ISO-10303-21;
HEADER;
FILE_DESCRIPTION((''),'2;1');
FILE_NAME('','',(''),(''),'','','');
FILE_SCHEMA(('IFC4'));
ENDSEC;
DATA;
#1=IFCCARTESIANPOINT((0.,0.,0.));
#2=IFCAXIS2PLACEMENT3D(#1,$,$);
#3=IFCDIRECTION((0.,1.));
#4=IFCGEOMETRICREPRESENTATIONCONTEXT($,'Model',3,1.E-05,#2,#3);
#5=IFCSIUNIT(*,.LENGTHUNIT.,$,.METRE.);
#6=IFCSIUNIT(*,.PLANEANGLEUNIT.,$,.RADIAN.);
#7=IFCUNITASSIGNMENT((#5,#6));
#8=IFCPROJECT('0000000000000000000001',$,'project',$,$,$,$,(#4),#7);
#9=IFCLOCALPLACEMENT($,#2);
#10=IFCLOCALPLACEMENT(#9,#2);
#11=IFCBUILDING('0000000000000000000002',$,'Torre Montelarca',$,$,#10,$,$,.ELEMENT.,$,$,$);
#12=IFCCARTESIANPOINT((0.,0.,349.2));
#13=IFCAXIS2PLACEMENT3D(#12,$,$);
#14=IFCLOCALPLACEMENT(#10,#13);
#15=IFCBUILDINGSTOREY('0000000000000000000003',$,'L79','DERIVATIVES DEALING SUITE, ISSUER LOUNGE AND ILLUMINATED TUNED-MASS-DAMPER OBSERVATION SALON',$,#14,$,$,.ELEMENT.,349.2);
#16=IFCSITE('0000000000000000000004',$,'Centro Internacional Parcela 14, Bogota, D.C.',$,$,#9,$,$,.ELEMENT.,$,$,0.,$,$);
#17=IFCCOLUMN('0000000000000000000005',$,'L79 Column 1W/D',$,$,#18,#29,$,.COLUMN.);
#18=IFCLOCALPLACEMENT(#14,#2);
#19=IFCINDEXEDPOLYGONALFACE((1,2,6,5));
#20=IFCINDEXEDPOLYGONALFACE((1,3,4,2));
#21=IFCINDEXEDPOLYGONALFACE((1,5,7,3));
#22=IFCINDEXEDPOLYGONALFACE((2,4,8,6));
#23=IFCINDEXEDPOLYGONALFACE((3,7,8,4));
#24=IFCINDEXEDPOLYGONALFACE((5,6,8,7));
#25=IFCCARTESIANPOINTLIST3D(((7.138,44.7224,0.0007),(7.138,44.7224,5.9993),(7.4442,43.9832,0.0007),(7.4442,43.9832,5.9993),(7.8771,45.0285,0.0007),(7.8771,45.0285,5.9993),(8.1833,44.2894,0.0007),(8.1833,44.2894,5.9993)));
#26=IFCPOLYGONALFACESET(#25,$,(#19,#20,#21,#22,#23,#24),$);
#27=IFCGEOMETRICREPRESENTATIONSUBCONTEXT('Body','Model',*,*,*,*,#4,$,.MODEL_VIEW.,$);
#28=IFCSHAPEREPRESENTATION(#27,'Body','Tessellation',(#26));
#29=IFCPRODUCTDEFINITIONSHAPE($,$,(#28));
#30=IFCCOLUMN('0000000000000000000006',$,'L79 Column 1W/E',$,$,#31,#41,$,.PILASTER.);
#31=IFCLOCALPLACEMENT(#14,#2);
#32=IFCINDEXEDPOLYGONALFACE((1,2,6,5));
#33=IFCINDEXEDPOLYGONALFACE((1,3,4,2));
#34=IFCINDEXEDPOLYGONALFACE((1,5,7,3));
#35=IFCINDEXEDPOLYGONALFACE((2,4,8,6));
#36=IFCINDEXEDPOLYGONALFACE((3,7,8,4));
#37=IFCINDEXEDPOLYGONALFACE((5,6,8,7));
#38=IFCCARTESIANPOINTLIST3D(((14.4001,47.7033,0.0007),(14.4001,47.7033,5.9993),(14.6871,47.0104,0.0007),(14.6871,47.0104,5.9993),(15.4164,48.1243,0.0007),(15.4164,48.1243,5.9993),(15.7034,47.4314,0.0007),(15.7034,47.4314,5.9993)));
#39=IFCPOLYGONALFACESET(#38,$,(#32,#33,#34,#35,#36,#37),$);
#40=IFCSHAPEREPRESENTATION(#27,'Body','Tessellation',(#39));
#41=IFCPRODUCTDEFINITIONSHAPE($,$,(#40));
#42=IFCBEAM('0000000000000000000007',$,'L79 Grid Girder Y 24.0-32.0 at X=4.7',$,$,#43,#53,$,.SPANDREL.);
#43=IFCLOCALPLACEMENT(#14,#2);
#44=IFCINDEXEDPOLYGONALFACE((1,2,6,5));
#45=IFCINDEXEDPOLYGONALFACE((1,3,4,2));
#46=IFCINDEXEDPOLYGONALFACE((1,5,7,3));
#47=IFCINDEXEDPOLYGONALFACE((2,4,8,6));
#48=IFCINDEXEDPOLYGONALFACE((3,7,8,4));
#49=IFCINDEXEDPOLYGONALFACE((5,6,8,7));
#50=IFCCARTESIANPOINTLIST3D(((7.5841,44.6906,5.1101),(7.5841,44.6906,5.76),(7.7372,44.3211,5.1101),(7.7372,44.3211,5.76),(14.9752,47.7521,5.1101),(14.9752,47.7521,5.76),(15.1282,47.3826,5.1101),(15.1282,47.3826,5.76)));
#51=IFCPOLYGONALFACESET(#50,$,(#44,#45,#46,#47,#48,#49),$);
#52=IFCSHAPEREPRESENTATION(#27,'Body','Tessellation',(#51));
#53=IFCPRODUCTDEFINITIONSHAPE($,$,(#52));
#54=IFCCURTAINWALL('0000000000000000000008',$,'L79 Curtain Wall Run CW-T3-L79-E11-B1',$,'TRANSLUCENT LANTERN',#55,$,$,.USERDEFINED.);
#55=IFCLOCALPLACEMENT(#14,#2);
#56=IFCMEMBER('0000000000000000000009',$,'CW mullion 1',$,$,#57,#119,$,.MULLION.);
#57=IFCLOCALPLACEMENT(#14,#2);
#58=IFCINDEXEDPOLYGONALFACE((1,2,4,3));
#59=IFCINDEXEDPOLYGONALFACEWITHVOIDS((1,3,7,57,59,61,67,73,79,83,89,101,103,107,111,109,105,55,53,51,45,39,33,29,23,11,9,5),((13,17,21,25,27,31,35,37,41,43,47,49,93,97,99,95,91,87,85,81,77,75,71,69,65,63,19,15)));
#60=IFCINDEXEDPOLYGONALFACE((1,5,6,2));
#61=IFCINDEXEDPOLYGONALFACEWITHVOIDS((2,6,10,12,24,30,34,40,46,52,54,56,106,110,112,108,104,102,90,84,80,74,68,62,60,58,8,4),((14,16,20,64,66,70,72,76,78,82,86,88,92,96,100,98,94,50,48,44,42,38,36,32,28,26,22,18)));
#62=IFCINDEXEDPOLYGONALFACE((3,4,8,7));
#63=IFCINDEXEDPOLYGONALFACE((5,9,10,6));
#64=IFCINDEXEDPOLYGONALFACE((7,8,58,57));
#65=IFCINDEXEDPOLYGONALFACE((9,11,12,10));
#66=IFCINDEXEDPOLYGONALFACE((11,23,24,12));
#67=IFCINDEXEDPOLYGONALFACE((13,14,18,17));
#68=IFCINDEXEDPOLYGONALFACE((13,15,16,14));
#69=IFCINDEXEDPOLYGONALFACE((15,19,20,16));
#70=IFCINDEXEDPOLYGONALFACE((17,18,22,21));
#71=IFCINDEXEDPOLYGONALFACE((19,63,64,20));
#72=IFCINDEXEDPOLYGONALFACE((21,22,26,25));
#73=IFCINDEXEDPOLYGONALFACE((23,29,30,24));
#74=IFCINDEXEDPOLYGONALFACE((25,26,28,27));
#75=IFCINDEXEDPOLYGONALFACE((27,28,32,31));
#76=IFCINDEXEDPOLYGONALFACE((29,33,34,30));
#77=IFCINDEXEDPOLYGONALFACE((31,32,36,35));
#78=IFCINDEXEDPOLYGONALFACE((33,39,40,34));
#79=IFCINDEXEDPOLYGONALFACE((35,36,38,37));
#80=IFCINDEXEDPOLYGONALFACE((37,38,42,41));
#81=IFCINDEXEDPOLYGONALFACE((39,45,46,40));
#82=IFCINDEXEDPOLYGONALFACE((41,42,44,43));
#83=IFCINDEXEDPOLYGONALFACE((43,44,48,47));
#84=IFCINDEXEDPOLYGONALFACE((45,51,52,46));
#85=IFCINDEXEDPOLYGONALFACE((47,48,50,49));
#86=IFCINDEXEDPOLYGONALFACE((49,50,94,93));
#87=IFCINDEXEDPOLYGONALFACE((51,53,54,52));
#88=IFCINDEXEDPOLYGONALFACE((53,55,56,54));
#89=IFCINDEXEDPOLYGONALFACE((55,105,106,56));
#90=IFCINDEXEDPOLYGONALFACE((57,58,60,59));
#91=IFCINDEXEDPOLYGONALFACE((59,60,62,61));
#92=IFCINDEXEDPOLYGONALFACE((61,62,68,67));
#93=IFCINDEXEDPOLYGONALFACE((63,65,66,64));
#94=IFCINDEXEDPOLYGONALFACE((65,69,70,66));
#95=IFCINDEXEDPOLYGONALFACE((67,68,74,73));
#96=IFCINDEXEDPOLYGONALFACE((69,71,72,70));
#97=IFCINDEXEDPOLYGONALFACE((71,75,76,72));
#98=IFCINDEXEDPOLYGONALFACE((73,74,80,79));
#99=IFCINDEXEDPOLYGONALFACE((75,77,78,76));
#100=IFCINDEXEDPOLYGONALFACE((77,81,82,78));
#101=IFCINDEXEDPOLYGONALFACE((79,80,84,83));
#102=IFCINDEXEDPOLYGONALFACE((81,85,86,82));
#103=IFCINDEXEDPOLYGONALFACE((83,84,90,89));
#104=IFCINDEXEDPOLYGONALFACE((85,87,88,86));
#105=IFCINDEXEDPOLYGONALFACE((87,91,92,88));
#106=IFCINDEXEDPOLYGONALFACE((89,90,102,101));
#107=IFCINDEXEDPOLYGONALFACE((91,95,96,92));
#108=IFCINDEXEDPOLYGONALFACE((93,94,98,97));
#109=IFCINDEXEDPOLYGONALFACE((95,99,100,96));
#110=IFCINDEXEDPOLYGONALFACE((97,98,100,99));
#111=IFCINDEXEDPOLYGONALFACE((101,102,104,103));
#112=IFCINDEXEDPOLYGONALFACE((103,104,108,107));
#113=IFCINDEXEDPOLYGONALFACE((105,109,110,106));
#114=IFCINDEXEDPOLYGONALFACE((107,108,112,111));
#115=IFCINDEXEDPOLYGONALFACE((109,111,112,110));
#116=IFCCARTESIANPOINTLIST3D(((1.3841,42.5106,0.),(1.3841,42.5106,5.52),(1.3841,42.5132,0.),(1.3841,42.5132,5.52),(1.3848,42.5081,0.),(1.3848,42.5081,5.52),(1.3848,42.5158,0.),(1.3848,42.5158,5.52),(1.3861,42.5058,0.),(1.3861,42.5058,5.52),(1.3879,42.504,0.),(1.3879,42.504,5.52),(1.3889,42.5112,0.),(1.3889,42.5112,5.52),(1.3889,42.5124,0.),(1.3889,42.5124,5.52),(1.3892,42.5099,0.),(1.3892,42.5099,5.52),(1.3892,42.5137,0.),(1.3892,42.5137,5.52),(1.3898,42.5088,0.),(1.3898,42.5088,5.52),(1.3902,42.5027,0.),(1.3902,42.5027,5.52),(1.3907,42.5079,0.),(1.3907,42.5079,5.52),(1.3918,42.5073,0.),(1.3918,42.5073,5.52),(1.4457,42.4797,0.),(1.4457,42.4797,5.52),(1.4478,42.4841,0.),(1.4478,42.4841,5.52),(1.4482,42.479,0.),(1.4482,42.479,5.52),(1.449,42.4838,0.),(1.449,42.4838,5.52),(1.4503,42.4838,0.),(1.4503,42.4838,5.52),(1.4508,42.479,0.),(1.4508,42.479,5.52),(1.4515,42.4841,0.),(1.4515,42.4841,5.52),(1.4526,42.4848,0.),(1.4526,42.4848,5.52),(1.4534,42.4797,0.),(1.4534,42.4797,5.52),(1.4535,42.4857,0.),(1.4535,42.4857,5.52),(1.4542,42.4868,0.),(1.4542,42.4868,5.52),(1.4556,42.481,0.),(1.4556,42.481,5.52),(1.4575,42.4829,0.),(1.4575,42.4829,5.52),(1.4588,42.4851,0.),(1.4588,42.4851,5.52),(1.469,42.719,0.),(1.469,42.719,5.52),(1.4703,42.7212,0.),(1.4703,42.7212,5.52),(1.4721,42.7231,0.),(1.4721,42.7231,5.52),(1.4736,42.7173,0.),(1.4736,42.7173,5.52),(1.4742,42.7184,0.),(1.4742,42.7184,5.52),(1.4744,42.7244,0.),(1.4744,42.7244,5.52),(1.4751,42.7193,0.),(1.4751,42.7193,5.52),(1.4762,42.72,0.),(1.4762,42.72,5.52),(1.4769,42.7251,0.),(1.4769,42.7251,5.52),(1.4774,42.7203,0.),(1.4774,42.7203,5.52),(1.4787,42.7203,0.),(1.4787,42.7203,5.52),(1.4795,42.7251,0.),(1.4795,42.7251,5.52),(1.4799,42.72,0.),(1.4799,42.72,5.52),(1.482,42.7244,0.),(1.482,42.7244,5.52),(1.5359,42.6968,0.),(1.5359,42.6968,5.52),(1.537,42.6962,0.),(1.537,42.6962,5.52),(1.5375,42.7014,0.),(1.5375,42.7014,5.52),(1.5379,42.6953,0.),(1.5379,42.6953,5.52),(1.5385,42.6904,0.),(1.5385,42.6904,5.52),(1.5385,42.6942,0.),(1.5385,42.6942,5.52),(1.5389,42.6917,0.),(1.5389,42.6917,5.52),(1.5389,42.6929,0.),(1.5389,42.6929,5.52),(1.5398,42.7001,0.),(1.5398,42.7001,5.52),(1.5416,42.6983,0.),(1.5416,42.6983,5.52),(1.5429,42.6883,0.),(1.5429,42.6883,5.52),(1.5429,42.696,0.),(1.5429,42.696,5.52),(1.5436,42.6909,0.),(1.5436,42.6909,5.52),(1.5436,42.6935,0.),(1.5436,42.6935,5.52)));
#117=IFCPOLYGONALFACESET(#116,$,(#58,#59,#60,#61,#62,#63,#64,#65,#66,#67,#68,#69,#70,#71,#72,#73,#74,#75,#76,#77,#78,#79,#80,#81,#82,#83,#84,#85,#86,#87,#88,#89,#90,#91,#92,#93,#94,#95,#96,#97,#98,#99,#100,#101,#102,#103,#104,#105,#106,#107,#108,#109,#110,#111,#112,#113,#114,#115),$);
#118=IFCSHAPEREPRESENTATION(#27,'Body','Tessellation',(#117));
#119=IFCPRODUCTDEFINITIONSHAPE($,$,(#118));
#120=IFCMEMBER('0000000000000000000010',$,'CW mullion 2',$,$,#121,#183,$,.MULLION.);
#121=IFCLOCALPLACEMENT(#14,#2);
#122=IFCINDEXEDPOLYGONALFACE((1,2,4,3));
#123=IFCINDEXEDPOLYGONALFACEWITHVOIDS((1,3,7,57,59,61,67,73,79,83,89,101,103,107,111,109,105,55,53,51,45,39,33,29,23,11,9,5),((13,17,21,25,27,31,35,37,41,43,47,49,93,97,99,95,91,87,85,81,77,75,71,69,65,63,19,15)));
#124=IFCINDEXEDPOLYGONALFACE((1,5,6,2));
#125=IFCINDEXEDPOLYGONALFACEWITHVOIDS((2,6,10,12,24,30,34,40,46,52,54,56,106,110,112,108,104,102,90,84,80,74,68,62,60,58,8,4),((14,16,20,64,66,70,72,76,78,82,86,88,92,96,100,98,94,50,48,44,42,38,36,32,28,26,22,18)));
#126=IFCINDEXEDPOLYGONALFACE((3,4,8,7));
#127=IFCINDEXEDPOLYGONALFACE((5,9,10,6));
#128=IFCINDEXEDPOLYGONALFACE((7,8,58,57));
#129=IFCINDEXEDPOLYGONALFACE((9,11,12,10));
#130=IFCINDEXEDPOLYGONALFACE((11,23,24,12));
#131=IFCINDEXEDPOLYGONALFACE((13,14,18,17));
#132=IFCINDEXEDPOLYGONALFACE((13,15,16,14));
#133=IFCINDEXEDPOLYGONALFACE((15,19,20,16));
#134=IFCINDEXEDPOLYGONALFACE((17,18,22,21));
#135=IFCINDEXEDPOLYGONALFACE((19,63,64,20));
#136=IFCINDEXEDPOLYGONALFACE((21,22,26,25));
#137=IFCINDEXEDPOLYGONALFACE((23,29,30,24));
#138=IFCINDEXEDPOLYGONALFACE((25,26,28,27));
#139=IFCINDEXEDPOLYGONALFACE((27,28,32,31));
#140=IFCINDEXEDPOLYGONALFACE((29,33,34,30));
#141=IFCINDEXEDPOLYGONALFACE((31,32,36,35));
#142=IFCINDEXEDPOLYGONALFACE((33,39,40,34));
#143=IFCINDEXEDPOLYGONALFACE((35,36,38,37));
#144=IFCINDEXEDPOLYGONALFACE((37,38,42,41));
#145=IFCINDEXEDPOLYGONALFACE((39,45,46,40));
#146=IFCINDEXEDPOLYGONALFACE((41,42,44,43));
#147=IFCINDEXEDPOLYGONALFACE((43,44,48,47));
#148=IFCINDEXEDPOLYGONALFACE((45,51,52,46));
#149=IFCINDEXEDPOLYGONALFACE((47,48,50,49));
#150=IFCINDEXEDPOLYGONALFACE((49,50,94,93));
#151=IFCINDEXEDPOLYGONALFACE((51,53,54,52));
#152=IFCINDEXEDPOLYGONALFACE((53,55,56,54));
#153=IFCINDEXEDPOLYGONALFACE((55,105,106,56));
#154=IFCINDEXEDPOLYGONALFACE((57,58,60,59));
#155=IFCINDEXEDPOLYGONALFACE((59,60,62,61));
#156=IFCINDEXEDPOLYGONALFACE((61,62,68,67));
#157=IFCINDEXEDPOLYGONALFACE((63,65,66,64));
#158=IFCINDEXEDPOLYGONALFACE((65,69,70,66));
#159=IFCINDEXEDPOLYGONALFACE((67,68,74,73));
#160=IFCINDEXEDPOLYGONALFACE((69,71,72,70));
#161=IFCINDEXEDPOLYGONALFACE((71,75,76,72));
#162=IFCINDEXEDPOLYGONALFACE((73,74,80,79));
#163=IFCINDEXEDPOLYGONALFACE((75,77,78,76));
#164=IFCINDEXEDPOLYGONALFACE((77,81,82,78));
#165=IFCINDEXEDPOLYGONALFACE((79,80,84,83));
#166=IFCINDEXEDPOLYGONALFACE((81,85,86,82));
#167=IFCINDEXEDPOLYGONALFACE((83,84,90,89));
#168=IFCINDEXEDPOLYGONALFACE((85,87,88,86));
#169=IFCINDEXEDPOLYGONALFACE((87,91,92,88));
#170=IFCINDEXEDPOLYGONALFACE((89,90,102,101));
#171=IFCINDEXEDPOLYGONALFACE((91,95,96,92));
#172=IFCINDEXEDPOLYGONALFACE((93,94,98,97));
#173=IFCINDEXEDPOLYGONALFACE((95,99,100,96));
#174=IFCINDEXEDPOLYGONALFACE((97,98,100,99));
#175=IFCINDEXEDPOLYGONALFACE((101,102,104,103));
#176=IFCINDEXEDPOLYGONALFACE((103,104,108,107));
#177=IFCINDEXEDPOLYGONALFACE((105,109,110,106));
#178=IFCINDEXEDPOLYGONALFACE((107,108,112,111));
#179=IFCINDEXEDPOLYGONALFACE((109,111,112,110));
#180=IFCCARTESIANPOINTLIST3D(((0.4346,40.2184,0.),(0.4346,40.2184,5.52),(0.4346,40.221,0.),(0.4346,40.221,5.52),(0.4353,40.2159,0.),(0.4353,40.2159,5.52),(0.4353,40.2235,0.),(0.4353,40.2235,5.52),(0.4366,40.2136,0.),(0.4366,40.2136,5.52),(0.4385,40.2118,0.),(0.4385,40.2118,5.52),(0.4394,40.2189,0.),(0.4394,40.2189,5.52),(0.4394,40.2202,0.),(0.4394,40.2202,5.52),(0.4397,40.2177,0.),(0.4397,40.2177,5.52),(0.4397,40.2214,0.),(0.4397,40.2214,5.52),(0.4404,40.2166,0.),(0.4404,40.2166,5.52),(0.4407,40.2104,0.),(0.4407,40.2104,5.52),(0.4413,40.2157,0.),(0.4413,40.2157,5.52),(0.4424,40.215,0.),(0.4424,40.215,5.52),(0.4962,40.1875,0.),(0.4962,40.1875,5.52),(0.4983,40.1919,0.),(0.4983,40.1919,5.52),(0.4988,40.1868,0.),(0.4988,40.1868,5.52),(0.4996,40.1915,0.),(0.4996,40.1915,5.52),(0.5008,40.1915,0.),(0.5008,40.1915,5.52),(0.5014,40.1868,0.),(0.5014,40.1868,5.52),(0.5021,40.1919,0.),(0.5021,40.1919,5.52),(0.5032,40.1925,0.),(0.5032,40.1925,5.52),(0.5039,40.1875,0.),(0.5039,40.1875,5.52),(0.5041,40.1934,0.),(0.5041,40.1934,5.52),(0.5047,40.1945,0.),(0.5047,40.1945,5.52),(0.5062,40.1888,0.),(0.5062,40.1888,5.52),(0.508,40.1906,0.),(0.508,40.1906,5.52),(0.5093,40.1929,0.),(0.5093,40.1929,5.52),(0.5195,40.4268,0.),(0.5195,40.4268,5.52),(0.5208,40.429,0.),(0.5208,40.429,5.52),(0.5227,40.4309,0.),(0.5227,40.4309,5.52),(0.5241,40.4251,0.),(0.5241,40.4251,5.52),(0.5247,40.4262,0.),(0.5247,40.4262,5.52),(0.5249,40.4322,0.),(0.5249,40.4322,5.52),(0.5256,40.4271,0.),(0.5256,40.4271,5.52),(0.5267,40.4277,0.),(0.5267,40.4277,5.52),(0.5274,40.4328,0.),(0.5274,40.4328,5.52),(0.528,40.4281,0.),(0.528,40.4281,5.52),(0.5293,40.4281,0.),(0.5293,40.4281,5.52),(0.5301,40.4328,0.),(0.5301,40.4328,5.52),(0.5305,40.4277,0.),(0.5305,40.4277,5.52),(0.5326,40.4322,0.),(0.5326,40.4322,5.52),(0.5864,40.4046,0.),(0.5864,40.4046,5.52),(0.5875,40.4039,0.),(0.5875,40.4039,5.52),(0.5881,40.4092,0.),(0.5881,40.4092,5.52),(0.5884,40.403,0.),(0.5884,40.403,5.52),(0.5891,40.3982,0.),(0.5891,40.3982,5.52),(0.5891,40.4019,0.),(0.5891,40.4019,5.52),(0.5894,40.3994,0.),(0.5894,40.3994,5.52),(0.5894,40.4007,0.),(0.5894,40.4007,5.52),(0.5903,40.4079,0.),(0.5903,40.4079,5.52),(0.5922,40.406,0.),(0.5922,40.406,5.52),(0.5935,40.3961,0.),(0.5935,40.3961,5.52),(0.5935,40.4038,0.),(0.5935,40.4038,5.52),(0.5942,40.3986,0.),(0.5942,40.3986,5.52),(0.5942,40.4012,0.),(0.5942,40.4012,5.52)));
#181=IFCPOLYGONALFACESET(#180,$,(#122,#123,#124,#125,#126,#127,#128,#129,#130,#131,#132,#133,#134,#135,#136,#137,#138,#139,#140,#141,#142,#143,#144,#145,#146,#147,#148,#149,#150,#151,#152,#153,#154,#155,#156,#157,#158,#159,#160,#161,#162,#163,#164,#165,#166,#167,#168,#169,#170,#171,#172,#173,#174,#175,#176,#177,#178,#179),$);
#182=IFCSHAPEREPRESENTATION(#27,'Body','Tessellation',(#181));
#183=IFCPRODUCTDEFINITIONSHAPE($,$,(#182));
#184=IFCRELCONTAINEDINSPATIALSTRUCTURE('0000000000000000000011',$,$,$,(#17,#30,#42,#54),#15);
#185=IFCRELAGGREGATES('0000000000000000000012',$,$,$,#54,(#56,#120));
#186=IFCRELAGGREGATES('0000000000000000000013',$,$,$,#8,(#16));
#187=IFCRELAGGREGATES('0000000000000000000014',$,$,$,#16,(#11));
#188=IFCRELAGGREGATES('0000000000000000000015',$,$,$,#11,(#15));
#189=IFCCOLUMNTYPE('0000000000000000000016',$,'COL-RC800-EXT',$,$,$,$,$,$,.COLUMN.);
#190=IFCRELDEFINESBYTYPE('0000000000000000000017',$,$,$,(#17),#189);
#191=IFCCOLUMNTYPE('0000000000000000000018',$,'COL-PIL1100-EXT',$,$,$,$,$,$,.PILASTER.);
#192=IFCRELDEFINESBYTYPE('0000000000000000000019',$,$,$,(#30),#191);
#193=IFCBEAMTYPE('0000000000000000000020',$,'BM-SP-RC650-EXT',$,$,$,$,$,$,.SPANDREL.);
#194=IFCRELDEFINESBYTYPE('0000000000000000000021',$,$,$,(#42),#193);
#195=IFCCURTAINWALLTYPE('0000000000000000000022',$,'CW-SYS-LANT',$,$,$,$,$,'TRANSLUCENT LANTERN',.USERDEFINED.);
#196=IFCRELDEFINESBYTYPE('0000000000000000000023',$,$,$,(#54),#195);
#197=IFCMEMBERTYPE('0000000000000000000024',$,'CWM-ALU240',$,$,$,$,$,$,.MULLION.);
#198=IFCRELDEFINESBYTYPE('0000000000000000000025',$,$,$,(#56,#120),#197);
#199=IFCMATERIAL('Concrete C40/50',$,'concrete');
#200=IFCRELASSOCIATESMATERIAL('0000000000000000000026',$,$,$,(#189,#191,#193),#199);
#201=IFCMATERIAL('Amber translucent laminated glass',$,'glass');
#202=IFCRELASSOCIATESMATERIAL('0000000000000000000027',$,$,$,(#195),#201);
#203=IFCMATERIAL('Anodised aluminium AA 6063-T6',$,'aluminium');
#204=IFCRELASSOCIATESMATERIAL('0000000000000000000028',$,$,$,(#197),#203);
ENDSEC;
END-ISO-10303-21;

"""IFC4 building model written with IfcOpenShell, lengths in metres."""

from ifc_helpers import new_model, si_unit, direction, frame, origin, origin_2d, place, context, subcontext, project, spatial, rectangle, hollow_rectangle, extrude, source, transform, mapped, material, material_profile, profile_set, type_object, element, aggregate, save


model = new_model("IFC4")

# Units and contexts
model_context = context("Model", 3, precision=1e-05, world=origin(), true_north=direction((0.0, 1.0)))
body_context = subcontext(model_context, "Body", "Model", "MODEL_VIEW")
ifc_project = project(units=[si_unit("LENGTHUNIT", "METRE"), si_unit("PLANEANGLEUNIT", "RADIAN")], contexts=[model_context])

# Site, building, storey
site_placement = place(None, origin())
site = spatial("IfcSite", under=ifc_project, at=site_placement, Name="Centro Internacional Parcela 14, Bogota, D.C.", CompositionType="ELEMENT", RefElevation=0.0)
building_placement = place(site_placement, origin())
building = spatial("IfcBuilding", under=site, at=building_placement, Name="Torre Montelarca", CompositionType="ELEMENT")
storey_placement = place(building_placement, frame((0.0, 0.0, 349.2)))
storey = spatial("IfcBuildingStorey", under=building, at=storey_placement, Name="L79", Description="DERIVATIVES DEALING SUITE, ISSUER LOUNGE AND ILLUMINATED TUNED-MASS-DAMPER OBSERVATION SALON", CompositionType="ELEMENT", Elevation=349.2)

# Columns
ifc_material_1 = material(Name="Concrete C40/50", Category="concrete")
ifc_material_profile_1 = material_profile(ifc_material_1, rectangle(XDim=0.8, YDim=0.8, at=origin_2d()), Name="RC800X800", Category="concrete")
ifc_profile_set_1 = profile_set([ifc_material_profile_1], Name="Concrete C40/50")
column_type_1 = type_object("IfcColumnType", Name="COL-RC800-EXT", PredefinedType="COLUMN", material=ifc_profile_set_1)
shared_shape_1 = source(origin(), body_context, "Body", "SweptSolid", [
    extrude(rectangle(XDim=0.8, YDim=0.8, at=origin_2d()), origin(), (0.0, 0.0, 1.0), 5.9985),
])
column_1_placement = place(storey_placement, frame((7.6606, 44.5059, 0.0007), z_axis=(0.0, 0.0, 1.0), x_axis=(-0.382683, 0.92388, 0.0)))
element("IfcColumn", 1, at=column_1_placement, inside=storey, type_object=column_type_1, Name="L79 Column 1W/D", PredefinedType="COLUMN", context=body_context, shape_type="MappedRepresentation", body=[
    mapped(shared_shape_1, transform((0.0, 0.0, 0.0), scale=1.0)),
])
ifc_material_profile_2 = material_profile(ifc_material_1, rectangle(XDim=0.75, YDim=1.1001, at=origin_2d()), Name="RC1100X750", Category="concrete")
ifc_profile_set_2 = profile_set([ifc_material_profile_2], Name="Concrete C40/50")
column_type_2 = type_object("IfcColumnType", Name="COL-PIL1100-EXT", PredefinedType="PILASTER", material=ifc_profile_set_2)
shared_shape_2 = source(origin(), body_context, "Body", "SweptSolid", [
    extrude(rectangle(XDim=0.75, YDim=1.1001, at=origin_2d()), origin(), (0.0, 0.0, 1.0), 5.9985),
])
column_2_placement = place(storey_placement, frame((15.0518, 47.5674, 0.0007), z_axis=(0.0, 0.0, 1.0), x_axis=(-0.382683, 0.92388, 0.0)))
element("IfcColumn", 2, at=column_2_placement, inside=storey, type_object=column_type_2, Name="L79 Column 1W/E", PredefinedType="PILASTER", context=body_context, shape_type="MappedRepresentation", body=[
    mapped(shared_shape_2, transform((0.0, 0.0, 0.0), scale=1.0)),
])

# Beam
ifc_material_profile_3 = material_profile(ifc_material_1, rectangle(XDim=0.3999, YDim=0.6499, at=origin_2d()), Name="RCB400X650", Category="concrete")
ifc_profile_set_3 = profile_set([ifc_material_profile_3], Name="Concrete C40/50")
beam_type = type_object("IfcBeamType", Name="BM-SP-RC650-EXT", PredefinedType="SPANDREL", material=ifc_profile_set_3)
shared_shape_3 = source(origin(), body_context, "Body", "SweptSolid", [
    extrude(rectangle(XDim=0.3999, YDim=0.6499, at=origin_2d()), origin(), (0.0, 0.0, 1.0), 8.0),
])
beam_placement = place(storey_placement, frame((7.6606, 44.5059, 5.4351), z_axis=(0.923878, 0.382686, 0.0), x_axis=(-0.382686, 0.923878, 0.0)))
element("IfcBeam", 3, at=beam_placement, inside=storey, type_object=beam_type, Name="L79 Grid Girder Y 24.0-32.0 at X=4.7", PredefinedType="SPANDREL", context=body_context, shape_type="MappedRepresentation", body=[
    mapped(shared_shape_3, transform((0.0, 0.0, 0.0), scale=1.0)),
])

# Curtain wall, members
ifc_material_2 = material(Name="Amber translucent laminated glass", Category="glass")
curtain_wall_type = type_object("IfcCurtainWallType", Name="CW-SYS-LANT", ElementType="TRANSLUCENT LANTERN", PredefinedType="USERDEFINED", material=ifc_material_2)
curtain_wall_placement = place(storey_placement, origin())
curtain_wall = element("IfcCurtainWall", 4, at=curtain_wall_placement, inside=storey, type_object=curtain_wall_type, Name="L79 Curtain Wall Run CW-T3-L79-E11-B1", ObjectType="TRANSLUCENT LANTERN", PredefinedType="USERDEFINED")
ifc_material_3 = material(Name="Anodised aluminium AA 6063-T6", Category="aluminium")
ifc_material_profile_4 = material_profile(ifc_material_3, hollow_rectangle(XDim=0.0801, YDim=0.24, WallThickness=0.0049, InnerFilletRadius=0.0049, OuterFilletRadius=0.01, at=origin_2d()), Name="ALU80X240X5", Category="aluminium")
ifc_profile_set_4 = profile_set([ifc_material_profile_4], Name="Anodised aluminium AA 6063-T6")
member_type_1 = type_object("IfcMemberType", Name="CWM-ALU240", PredefinedType="MULLION", material=ifc_profile_set_4)
shared_shape_4 = source(origin(), body_context, "Body", "SweptSolid", [
    extrude(hollow_rectangle(XDim=0.0801, YDim=0.24, WallThickness=0.0049, InnerFilletRadius=0.0049, OuterFilletRadius=0.01, at=origin_2d()), origin(), (0.0, 0.0, 1.0), 5.52),
])
member_1_placement = place(storey_placement, frame((1.4639, 42.6021, 0.0), z_axis=(0.0, 0.0, 1.0), x_axis=(0.923885, -0.382671, 0.0)))
member_1 = element("IfcMember", 5, at=member_1_placement, type_object=member_type_1, Name="CW mullion 1", PredefinedType="MULLION", context=body_context, shape_type="MappedRepresentation", body=[
    mapped(shared_shape_4, transform((0.0, 0.0, 0.0), scale=1.0)),
])
member_2_placement = place(storey_placement, frame((0.5144, 40.3098, 0.0), z_axis=(0.0, 0.0, 1.0), x_axis=(0.923885, -0.382671, 0.0)))
member_2 = element("IfcMember", 6, at=member_2_placement, type_object=member_type_1, Name="CW mullion 2", PredefinedType="MULLION", context=body_context, shape_type="MappedRepresentation", body=[
    mapped(shared_shape_4, transform((0.0, 0.0, 0.0), scale=1.0)),
])
aggregate(curtain_wall, [member_1, member_2])

save(model, "model.ifc")
